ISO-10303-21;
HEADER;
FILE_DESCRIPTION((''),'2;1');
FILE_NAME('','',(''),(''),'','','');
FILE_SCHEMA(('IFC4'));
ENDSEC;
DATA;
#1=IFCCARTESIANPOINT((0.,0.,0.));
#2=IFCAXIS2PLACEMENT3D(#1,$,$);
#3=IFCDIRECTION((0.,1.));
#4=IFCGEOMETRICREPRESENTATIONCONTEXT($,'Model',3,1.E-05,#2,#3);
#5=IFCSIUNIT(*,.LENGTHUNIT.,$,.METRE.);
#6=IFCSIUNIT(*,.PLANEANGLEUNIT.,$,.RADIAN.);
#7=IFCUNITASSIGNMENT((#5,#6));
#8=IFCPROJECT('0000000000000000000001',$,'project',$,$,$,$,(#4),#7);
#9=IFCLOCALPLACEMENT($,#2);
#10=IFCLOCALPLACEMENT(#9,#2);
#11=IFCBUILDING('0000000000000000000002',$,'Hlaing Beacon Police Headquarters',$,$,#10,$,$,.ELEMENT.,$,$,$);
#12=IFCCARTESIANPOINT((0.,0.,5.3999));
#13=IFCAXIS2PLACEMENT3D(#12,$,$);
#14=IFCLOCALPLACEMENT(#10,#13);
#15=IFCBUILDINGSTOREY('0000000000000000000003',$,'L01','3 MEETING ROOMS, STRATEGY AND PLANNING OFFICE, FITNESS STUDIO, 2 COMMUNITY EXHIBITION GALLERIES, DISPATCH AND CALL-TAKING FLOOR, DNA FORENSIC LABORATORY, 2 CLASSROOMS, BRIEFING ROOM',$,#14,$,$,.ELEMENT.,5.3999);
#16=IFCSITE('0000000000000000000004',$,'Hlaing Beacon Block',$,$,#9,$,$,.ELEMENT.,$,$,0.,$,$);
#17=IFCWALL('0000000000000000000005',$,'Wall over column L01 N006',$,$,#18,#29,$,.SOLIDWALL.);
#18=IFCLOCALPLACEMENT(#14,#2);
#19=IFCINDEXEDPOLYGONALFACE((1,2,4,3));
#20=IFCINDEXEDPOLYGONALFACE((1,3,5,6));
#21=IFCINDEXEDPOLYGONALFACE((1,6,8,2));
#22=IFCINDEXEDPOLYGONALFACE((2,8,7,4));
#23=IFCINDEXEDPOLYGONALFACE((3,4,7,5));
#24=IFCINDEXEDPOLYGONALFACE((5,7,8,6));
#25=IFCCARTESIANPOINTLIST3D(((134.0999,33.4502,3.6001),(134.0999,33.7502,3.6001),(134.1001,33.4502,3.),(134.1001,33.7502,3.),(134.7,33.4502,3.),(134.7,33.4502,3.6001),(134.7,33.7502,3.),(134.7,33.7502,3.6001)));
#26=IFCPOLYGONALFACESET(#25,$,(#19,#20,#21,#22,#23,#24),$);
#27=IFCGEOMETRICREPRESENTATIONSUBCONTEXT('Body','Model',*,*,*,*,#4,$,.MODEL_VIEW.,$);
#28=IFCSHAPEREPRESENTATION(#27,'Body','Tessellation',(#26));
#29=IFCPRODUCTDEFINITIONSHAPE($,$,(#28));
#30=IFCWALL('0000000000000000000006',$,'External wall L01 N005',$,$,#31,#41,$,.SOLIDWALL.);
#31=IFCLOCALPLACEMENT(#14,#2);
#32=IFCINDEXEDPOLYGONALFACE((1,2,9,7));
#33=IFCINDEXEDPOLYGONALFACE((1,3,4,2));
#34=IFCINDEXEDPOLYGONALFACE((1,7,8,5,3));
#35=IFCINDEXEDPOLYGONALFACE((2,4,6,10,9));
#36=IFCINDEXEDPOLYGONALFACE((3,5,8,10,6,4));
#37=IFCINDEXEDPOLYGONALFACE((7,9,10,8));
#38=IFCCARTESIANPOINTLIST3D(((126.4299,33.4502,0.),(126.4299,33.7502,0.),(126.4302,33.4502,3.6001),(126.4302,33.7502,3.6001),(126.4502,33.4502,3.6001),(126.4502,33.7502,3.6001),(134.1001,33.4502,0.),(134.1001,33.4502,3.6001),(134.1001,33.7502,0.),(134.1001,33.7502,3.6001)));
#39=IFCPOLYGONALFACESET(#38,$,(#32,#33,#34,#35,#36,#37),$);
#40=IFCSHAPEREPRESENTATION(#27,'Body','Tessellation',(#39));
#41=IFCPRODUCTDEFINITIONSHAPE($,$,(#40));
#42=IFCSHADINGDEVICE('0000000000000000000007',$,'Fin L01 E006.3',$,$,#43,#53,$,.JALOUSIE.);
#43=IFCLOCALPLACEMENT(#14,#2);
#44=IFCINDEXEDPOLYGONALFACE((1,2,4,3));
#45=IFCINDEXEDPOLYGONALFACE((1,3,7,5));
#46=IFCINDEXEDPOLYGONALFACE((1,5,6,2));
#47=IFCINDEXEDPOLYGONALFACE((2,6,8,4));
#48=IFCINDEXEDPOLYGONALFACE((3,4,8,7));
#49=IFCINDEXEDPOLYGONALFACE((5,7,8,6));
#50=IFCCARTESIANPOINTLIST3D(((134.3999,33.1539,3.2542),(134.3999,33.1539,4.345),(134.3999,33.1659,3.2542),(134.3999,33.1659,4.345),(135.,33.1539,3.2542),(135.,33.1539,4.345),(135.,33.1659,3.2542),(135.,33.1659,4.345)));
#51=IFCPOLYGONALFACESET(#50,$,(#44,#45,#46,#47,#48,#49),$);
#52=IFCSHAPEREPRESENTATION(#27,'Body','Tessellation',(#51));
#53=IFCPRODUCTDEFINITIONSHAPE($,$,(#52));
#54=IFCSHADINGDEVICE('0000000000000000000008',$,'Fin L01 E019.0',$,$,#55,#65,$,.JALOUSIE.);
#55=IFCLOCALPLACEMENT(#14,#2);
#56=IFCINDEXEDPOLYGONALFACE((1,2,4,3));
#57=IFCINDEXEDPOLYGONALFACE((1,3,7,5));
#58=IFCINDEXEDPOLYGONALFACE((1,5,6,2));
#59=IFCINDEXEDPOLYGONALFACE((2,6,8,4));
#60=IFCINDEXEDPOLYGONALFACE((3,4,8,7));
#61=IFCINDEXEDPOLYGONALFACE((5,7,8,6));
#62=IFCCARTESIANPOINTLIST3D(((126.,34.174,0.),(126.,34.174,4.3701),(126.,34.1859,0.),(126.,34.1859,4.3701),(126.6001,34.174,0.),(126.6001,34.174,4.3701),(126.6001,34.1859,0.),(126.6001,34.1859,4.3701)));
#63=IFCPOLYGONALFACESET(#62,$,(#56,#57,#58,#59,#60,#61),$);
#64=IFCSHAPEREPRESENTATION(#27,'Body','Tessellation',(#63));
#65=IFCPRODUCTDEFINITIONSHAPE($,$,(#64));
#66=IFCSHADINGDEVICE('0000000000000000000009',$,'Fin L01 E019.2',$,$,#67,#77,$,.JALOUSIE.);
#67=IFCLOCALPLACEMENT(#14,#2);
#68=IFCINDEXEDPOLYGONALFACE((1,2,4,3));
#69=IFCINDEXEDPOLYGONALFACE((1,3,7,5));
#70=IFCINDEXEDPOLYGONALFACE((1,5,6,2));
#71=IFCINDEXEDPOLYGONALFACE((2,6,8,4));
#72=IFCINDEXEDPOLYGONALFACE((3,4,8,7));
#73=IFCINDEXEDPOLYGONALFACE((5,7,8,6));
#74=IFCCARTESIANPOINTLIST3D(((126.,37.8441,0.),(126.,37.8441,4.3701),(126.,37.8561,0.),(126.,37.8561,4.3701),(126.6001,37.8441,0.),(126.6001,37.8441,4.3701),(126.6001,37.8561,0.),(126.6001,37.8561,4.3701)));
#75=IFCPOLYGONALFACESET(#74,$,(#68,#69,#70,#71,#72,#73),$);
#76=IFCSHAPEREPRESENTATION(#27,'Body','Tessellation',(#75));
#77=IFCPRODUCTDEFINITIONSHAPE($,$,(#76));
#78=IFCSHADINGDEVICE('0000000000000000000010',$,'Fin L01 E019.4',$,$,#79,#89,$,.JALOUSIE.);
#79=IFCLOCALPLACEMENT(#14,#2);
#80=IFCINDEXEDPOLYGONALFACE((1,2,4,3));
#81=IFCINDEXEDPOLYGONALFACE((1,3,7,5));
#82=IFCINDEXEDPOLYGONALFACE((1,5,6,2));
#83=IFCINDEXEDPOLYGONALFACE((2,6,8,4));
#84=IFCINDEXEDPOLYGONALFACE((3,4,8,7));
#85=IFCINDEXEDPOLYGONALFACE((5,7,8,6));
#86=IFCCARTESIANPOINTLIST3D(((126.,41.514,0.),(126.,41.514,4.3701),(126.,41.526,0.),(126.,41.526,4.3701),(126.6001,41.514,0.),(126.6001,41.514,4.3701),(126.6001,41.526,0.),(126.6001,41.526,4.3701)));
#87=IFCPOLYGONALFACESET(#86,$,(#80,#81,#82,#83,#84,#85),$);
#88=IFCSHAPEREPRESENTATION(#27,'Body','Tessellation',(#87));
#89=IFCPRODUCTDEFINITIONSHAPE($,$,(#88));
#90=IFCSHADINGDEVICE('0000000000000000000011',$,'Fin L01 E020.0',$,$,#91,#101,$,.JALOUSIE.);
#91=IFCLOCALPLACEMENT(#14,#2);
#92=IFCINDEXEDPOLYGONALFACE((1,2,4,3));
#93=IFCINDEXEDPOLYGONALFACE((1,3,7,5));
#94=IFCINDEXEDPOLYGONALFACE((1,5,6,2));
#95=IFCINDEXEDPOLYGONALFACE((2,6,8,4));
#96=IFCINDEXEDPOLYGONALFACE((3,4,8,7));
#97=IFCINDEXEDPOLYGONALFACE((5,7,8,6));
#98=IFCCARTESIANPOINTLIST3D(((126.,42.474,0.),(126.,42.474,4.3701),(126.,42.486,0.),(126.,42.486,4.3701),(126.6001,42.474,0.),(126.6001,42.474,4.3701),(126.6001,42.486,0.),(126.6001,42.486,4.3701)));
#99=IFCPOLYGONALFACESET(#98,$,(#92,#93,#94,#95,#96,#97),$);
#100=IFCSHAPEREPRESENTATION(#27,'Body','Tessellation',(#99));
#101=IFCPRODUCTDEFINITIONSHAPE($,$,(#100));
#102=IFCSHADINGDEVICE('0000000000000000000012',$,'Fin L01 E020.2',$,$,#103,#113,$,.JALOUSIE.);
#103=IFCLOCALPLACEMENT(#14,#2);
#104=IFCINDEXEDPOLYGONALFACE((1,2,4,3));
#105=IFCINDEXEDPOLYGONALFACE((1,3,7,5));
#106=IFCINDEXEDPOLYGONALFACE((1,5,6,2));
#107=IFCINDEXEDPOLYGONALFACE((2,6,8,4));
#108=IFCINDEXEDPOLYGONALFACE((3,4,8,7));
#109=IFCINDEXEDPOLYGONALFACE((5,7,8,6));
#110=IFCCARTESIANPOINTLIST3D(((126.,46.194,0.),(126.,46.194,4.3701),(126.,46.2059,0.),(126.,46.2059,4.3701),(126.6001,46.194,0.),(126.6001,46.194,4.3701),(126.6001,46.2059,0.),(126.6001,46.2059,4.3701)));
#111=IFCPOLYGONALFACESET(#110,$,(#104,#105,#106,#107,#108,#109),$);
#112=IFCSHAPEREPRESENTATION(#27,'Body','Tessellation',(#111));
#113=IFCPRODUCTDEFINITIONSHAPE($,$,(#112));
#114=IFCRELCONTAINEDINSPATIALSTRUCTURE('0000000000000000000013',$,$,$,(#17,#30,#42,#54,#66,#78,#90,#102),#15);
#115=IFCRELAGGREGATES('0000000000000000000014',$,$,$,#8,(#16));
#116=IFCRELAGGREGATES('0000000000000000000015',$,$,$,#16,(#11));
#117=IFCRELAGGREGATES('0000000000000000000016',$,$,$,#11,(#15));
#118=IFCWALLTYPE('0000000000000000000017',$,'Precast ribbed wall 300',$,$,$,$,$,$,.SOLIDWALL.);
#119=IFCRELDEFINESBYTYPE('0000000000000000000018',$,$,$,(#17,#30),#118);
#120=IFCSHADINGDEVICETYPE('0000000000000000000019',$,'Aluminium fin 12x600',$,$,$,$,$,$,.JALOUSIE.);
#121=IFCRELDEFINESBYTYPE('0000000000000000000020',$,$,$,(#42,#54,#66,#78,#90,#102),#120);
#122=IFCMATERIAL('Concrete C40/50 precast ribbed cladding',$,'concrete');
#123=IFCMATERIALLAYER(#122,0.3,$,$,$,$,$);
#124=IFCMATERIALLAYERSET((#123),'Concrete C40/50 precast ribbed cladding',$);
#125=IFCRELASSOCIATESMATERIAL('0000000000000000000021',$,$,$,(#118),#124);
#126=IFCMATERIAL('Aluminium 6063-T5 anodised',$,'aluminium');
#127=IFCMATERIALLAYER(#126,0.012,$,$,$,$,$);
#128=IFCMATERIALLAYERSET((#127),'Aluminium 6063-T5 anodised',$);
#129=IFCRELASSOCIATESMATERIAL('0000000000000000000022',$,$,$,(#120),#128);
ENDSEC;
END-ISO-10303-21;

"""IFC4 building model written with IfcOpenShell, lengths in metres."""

from ifc_helpers import new_model, si_unit, direction, frame, origin, origin_2d, place, context, subcontext, project, spatial, polyline, rectangle, outline, extrude, material, layer, layer_set, type_object, element, save


model = new_model("IFC4")

# Units and contexts
model_context = context("Model", 3, precision=1e-05, world=origin(), true_north=direction((0.0, 1.0)))
body_context = subcontext(model_context, "Body", "Model", "MODEL_VIEW")
ifc_project = project(units=[si_unit("LENGTHUNIT", "METRE"), si_unit("PLANEANGLEUNIT", "RADIAN")], contexts=[model_context])

# Site, building, storey
site_placement = place(None, origin())
site = spatial("IfcSite", under=ifc_project, at=site_placement, Name="Hlaing Beacon Block", CompositionType="ELEMENT", RefElevation=0.0)
building_placement = place(site_placement, origin())
building = spatial("IfcBuilding", under=site, at=building_placement, Name="Hlaing Beacon Police Headquarters", CompositionType="ELEMENT")
storey_placement = place(building_placement, frame((0.0, 0.0, 5.3999)))
storey = spatial("IfcBuildingStorey", under=building, at=storey_placement, Name="L01", Description="3 MEETING ROOMS, STRATEGY AND PLANNING OFFICE, FITNESS STUDIO, 2 COMMUNITY EXHIBITION GALLERIES, DISPATCH AND CALL-TAKING FLOOR, DNA FORENSIC LABORATORY, 2 CLASSROOMS, BRIEFING ROOM", CompositionType="ELEMENT", Elevation=5.3999)

# Walls
ifc_material_1 = material(Name="Concrete C40/50 precast ribbed cladding", Category="concrete")
ifc_layer_1 = layer(ifc_material_1, 0.3)
ifc_layer_set_1 = layer_set([ifc_layer_1], Name="Concrete C40/50 precast ribbed cladding")
wall_type = type_object("IfcWallType", Name="Precast ribbed wall 300", PredefinedType="SOLIDWALL", material=ifc_layer_set_1)
wall_1_placement = place(storey_placement, frame((134.7, 33.6001, 3.0), z_axis=(0.0, 0.0, 1.0), x_axis=(-1.0, 0.0, 0.0)))
element("IfcWall", 1, at=wall_1_placement, inside=storey, type_object=wall_type, Name="Wall over column L01 N006", PredefinedType="SOLIDWALL", context=body_context, shape_type="SweptSolid", body=[
    extrude(outline(polyline([(0.0, 0.0), (0.5999, 0.0), (0.6001, 0.6001), (0.0, 0.6001), (0.0, 0.0)])), frame((0.0, 0.1499, 0.0), z_axis=(0.0, -1.0, 0.0), x_axis=(1.0, 0.0, 0.0)), (0.0, 0.0, 1.0), 0.3),
])
wall_2_placement = place(storey_placement, frame((134.1001, 33.6001, 0.0), z_axis=(0.0, 0.0, 1.0), x_axis=(-1.0, 0.0, 0.0)))
element("IfcWall", 2, at=wall_2_placement, inside=storey, type_object=wall_type, Name="External wall L01 N005", PredefinedType="SOLIDWALL", context=body_context, shape_type="SweptSolid", body=[
    extrude(outline(polyline([(0.0, 0.0), (7.6702, 0.0), (7.6699, 3.6001), (7.6499, 3.6001), (0.0, 3.6001), (0.0, 0.0)])), frame((0.0, 0.1499, 0.0), z_axis=(0.0, -1.0, 0.0), x_axis=(1.0, 0.0, 0.0)), (0.0, 0.0, 1.0), 0.3),
])

# Shading devices
ifc_material_2 = material(Name="Aluminium 6063-T5 anodised", Category="aluminium")
ifc_layer_2 = layer(ifc_material_2, 0.012)
ifc_layer_set_2 = layer_set([ifc_layer_2], Name="Aluminium 6063-T5 anodised")
shading_device_type = type_object("IfcShadingDeviceType", Name="Aluminium fin 12x600", PredefinedType="JALOUSIE", material=ifc_layer_set_2)
shading_device_placement = place(storey_placement, frame((134.7, 33.1599, 3.2542), z_axis=(0.0, 0.0, 1.0), x_axis=(0.0, 1.0, 0.0)))
element("IfcShadingDevice", 3, at=shading_device_placement, inside=storey, type_object=shading_device_type, Name="Fin L01 E006.3", PredefinedType="JALOUSIE", context=body_context, shape_type="SweptSolid", body=[
    extrude(rectangle(XDim=0.012, YDim=0.6001, at=origin_2d()), origin(), (0.0, 0.0, 1.0), 1.0908),
])
for number, where, z_axis, x_axis, name in (
    (4, (126.3, 34.1799, 0.0), (0.0, 0.0, 1.0), (0.0, 1.0, 0.0), "Fin L01 E019.0"),
    (5, (126.3, 37.8501, 0.0), (0.0, 0.0, 1.0), (0.0, 1.0, 0.0), "Fin L01 E019.2"),
    (6, (126.3, 41.52, 0.0), (0.0, 0.0, 1.0), (0.0, 1.0, 0.0), "Fin L01 E019.4"),
    (7, (126.3, 42.48, 0.0), (0.0, 0.0, 1.0), (0.0, 1.0, 0.0), "Fin L01 E020.0"),
    (8, (126.3, 46.2, 0.0), (0.0, 0.0, 1.0), (0.0, 1.0, 0.0), "Fin L01 E020.2"),
):
    element("IfcShadingDevice", number, at=place(storey_placement, frame(where, z_axis=z_axis, x_axis=x_axis)), inside=storey, type_object=shading_device_type, Name=name, PredefinedType="JALOUSIE", context=body_context, shape_type="SweptSolid", body=[
        extrude(rectangle(XDim=0.012, YDim=0.6001, at=origin_2d()), origin(), (0.0, 0.0, 1.0), 4.3701),
    ])

save(model, "model.ifc")
